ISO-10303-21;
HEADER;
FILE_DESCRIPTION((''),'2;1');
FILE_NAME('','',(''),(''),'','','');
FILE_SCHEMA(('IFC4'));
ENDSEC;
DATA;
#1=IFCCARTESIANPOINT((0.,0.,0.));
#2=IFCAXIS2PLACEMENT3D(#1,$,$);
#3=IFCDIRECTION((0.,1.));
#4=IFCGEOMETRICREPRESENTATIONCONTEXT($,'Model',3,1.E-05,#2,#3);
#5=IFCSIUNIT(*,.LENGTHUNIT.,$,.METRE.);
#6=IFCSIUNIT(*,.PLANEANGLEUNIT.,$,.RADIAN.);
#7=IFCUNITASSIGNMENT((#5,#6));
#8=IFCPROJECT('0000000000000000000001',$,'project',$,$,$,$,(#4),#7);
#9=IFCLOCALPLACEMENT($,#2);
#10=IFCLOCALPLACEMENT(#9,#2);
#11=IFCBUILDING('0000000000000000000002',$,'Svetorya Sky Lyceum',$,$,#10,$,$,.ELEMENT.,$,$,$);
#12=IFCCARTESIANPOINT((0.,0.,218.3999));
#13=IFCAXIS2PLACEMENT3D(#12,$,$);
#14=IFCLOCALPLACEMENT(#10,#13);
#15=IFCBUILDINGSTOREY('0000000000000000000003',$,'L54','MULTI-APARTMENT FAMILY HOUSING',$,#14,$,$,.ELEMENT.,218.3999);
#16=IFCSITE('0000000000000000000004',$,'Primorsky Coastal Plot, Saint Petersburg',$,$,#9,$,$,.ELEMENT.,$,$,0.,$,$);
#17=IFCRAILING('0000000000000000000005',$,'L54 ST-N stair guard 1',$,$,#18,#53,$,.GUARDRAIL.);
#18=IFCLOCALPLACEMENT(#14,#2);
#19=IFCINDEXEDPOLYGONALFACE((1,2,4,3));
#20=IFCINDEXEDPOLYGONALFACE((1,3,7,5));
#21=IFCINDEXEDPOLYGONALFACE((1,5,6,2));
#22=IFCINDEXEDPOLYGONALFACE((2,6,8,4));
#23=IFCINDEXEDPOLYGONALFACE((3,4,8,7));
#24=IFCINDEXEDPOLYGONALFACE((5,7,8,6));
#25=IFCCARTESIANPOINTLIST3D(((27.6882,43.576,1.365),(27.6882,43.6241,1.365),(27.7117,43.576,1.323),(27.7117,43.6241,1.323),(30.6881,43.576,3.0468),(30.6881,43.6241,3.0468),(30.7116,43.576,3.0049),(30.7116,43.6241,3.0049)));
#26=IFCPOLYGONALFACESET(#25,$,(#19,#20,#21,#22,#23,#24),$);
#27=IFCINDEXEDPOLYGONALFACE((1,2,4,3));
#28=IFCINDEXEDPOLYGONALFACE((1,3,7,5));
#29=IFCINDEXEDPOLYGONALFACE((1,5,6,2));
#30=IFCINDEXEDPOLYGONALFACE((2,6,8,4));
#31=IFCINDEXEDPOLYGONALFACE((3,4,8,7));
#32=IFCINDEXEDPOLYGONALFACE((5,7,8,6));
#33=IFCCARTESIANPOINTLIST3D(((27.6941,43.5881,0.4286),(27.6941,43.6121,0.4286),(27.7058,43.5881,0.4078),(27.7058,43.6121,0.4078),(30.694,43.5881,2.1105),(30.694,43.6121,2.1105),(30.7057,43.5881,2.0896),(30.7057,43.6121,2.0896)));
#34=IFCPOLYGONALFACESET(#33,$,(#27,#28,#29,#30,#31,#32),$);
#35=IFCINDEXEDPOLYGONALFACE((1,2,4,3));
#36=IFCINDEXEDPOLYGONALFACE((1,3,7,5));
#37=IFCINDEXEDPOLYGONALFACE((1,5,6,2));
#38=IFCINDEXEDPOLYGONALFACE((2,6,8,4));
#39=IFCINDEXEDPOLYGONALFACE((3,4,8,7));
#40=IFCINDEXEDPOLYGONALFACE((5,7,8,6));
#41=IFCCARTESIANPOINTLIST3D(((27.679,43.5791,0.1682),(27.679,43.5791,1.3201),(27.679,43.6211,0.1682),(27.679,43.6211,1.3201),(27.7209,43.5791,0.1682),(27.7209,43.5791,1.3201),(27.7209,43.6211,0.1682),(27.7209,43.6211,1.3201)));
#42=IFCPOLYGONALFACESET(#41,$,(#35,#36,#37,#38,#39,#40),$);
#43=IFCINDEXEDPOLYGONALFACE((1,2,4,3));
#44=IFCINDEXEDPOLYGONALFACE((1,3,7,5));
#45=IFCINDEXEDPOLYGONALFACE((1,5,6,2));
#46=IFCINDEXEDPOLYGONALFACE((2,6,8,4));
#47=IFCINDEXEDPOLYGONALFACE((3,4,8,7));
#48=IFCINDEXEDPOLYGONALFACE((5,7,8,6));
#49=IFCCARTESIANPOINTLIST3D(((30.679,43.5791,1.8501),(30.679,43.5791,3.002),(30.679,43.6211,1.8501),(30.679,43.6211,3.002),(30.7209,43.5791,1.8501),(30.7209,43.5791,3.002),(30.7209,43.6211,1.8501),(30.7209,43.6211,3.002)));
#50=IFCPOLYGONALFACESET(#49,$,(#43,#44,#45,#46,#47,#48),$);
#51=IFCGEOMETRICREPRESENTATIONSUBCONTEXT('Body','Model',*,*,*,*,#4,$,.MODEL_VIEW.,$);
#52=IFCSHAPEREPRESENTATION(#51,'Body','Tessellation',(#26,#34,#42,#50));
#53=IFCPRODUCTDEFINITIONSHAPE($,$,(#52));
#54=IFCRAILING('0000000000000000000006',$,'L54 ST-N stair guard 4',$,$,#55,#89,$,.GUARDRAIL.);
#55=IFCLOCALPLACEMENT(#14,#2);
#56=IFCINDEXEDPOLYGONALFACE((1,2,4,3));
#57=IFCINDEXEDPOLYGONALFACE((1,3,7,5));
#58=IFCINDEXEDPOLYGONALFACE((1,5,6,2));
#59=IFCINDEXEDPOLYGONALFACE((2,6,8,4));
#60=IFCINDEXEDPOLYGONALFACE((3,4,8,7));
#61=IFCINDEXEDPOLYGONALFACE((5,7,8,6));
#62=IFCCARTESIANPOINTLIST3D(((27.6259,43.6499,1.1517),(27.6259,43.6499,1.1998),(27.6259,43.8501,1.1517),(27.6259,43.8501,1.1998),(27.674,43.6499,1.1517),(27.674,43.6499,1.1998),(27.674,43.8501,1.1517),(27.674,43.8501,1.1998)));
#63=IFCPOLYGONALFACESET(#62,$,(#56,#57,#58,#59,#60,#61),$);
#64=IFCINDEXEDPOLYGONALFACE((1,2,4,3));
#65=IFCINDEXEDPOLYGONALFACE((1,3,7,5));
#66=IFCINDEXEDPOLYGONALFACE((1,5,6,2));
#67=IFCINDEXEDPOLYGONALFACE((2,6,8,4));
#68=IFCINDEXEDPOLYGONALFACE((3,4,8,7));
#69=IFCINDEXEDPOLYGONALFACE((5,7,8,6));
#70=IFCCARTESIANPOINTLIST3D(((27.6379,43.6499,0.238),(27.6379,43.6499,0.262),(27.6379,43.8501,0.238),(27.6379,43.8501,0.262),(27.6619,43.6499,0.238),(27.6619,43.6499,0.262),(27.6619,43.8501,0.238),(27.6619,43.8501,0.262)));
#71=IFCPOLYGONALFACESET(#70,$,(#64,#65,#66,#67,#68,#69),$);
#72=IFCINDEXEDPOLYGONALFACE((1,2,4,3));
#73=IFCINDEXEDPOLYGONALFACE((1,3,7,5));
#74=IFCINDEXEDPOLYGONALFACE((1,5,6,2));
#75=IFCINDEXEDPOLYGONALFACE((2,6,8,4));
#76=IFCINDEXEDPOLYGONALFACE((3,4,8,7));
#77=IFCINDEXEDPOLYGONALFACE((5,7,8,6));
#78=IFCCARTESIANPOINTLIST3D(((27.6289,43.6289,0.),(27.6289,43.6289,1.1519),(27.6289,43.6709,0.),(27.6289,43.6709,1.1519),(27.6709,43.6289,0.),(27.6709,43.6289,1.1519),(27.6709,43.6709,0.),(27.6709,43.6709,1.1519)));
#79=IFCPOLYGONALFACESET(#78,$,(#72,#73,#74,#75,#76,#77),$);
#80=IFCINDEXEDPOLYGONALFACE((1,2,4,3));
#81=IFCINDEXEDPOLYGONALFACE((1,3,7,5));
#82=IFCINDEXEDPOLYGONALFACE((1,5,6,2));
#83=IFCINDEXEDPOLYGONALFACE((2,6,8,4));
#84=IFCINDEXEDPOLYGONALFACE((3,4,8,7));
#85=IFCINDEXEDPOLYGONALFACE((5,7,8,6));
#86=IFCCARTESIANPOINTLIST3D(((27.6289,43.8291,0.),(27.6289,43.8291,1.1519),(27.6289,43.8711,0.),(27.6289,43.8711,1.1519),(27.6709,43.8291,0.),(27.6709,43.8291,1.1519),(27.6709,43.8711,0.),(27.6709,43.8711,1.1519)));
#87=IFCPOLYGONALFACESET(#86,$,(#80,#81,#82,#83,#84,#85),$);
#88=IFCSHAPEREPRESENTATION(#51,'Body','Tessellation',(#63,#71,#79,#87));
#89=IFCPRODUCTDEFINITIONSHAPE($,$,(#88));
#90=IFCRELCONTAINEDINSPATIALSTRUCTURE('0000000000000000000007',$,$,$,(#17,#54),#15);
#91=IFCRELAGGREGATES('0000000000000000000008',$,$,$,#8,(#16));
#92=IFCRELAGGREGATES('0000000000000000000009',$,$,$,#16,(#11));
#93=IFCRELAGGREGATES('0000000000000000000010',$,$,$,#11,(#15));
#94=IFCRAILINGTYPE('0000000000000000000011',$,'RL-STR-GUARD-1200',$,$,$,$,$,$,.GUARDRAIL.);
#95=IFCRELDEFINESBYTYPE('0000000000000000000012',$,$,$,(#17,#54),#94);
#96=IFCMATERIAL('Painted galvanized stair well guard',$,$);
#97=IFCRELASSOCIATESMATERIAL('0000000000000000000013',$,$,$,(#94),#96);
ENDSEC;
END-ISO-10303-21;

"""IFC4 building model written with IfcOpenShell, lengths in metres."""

from ifc_helpers import new_model, si_unit, direction, frame, origin, origin_2d, place, context, subcontext, project, spatial, rectangle, extrude, material, type_object, element, save


model = new_model("IFC4")

# Units and contexts
model_context = context("Model", 3, precision=1e-05, world=origin(), true_north=direction((0.0, 1.0)))
body_context = subcontext(model_context, "Body", "Model", "MODEL_VIEW")
ifc_project = project(units=[si_unit("LENGTHUNIT", "METRE"), si_unit("PLANEANGLEUNIT", "RADIAN")], contexts=[model_context])

# Site, building, storey
site_placement = place(None, origin())
site = spatial("IfcSite", under=ifc_project, at=site_placement, Name="Primorsky Coastal Plot, Saint Petersburg", CompositionType="ELEMENT", RefElevation=0.0)
building_placement = place(site_placement, origin())
building = spatial("IfcBuilding", under=site, at=building_placement, Name="Svetorya Sky Lyceum", CompositionType="ELEMENT")
storey_placement = place(building_placement, frame((0.0, 0.0, 218.3999)))
storey = spatial("IfcBuildingStorey", under=building, at=storey_placement, Name="L54", Description="MULTI-APARTMENT FAMILY HOUSING", CompositionType="ELEMENT", Elevation=218.3999)

# Railings
ifc_material_1 = material(Name="Painted galvanized stair well guard")
railing_type = type_object("IfcRailingType", Name="RL-STR-GUARD-1200", PredefinedType="GUARDRAIL", material=ifc_material_1)
railing_1_placement = place(storey_placement, frame((27.7, 43.6001, 0.1682)))
element("IfcRailing", 1, at=railing_1_placement, inside=storey, type_object=railing_type, Name="L54 ST-N stair guard 1", PredefinedType="GUARDRAIL", context=body_context, shape_type="SweptSolid", body=[
    extrude(rectangle(XDim=0.0481, YDim=0.0481, at=origin_2d()), frame((0.0, 0.0, 1.1758), z_axis=(0.872272, 0.0, 0.48902), x_axis=(0.0, 1.0, 0.0)), (0.0, 0.0, 1.0), 3.4392),
    extrude(rectangle(XDim=0.0239, YDim=0.0239, at=origin_2d()), frame((0.0, 0.0, 0.25), z_axis=(0.872272, 0.0, 0.48902), x_axis=(0.0, 1.0, 0.0)), (0.0, 0.0, 1.0), 3.4392),
    extrude(rectangle(XDim=0.042, YDim=0.042, at=origin_2d()), origin(), (0.0, 0.0, 1.0), 1.1519),
    extrude(rectangle(XDim=0.042, YDim=0.042, at=origin_2d()), frame((3.0, 0.0, 1.6819)), (0.0, 0.0, 1.0), 1.1519),
])
railing_2_placement = place(storey_placement, frame((27.6499, 43.6499, 0.0)))
element("IfcRailing", 2, at=railing_2_placement, inside=storey, type_object=railing_type, Name="L54 ST-N stair guard 4", PredefinedType="GUARDRAIL", context=body_context, shape_type="SweptSolid", body=[
    extrude(rectangle(XDim=0.0481, YDim=0.0481, at=origin_2d()), frame((0.0, 0.0, 1.1758), z_axis=(0.0, 1.0, 0.0), x_axis=(-1.0, 0.0, 0.0)), (0.0, 0.0, 1.0), 0.2002),
    extrude(rectangle(XDim=0.0239, YDim=0.0239, at=origin_2d()), frame((0.0, 0.0, 0.25), z_axis=(0.0, 1.0, 0.0), x_axis=(-1.0, 0.0, 0.0)), (0.0, 0.0, 1.0), 0.2002),
    extrude(rectangle(XDim=0.042, YDim=0.042, at=origin_2d()), origin(), (0.0, 0.0, 1.0), 1.1519),
    extrude(rectangle(XDim=0.042, YDim=0.042, at=origin_2d()), frame((0.0, 0.2002, 0.0)), (0.0, 0.0, 1.0), 1.1519),
])

save(model, "model.ifc")
